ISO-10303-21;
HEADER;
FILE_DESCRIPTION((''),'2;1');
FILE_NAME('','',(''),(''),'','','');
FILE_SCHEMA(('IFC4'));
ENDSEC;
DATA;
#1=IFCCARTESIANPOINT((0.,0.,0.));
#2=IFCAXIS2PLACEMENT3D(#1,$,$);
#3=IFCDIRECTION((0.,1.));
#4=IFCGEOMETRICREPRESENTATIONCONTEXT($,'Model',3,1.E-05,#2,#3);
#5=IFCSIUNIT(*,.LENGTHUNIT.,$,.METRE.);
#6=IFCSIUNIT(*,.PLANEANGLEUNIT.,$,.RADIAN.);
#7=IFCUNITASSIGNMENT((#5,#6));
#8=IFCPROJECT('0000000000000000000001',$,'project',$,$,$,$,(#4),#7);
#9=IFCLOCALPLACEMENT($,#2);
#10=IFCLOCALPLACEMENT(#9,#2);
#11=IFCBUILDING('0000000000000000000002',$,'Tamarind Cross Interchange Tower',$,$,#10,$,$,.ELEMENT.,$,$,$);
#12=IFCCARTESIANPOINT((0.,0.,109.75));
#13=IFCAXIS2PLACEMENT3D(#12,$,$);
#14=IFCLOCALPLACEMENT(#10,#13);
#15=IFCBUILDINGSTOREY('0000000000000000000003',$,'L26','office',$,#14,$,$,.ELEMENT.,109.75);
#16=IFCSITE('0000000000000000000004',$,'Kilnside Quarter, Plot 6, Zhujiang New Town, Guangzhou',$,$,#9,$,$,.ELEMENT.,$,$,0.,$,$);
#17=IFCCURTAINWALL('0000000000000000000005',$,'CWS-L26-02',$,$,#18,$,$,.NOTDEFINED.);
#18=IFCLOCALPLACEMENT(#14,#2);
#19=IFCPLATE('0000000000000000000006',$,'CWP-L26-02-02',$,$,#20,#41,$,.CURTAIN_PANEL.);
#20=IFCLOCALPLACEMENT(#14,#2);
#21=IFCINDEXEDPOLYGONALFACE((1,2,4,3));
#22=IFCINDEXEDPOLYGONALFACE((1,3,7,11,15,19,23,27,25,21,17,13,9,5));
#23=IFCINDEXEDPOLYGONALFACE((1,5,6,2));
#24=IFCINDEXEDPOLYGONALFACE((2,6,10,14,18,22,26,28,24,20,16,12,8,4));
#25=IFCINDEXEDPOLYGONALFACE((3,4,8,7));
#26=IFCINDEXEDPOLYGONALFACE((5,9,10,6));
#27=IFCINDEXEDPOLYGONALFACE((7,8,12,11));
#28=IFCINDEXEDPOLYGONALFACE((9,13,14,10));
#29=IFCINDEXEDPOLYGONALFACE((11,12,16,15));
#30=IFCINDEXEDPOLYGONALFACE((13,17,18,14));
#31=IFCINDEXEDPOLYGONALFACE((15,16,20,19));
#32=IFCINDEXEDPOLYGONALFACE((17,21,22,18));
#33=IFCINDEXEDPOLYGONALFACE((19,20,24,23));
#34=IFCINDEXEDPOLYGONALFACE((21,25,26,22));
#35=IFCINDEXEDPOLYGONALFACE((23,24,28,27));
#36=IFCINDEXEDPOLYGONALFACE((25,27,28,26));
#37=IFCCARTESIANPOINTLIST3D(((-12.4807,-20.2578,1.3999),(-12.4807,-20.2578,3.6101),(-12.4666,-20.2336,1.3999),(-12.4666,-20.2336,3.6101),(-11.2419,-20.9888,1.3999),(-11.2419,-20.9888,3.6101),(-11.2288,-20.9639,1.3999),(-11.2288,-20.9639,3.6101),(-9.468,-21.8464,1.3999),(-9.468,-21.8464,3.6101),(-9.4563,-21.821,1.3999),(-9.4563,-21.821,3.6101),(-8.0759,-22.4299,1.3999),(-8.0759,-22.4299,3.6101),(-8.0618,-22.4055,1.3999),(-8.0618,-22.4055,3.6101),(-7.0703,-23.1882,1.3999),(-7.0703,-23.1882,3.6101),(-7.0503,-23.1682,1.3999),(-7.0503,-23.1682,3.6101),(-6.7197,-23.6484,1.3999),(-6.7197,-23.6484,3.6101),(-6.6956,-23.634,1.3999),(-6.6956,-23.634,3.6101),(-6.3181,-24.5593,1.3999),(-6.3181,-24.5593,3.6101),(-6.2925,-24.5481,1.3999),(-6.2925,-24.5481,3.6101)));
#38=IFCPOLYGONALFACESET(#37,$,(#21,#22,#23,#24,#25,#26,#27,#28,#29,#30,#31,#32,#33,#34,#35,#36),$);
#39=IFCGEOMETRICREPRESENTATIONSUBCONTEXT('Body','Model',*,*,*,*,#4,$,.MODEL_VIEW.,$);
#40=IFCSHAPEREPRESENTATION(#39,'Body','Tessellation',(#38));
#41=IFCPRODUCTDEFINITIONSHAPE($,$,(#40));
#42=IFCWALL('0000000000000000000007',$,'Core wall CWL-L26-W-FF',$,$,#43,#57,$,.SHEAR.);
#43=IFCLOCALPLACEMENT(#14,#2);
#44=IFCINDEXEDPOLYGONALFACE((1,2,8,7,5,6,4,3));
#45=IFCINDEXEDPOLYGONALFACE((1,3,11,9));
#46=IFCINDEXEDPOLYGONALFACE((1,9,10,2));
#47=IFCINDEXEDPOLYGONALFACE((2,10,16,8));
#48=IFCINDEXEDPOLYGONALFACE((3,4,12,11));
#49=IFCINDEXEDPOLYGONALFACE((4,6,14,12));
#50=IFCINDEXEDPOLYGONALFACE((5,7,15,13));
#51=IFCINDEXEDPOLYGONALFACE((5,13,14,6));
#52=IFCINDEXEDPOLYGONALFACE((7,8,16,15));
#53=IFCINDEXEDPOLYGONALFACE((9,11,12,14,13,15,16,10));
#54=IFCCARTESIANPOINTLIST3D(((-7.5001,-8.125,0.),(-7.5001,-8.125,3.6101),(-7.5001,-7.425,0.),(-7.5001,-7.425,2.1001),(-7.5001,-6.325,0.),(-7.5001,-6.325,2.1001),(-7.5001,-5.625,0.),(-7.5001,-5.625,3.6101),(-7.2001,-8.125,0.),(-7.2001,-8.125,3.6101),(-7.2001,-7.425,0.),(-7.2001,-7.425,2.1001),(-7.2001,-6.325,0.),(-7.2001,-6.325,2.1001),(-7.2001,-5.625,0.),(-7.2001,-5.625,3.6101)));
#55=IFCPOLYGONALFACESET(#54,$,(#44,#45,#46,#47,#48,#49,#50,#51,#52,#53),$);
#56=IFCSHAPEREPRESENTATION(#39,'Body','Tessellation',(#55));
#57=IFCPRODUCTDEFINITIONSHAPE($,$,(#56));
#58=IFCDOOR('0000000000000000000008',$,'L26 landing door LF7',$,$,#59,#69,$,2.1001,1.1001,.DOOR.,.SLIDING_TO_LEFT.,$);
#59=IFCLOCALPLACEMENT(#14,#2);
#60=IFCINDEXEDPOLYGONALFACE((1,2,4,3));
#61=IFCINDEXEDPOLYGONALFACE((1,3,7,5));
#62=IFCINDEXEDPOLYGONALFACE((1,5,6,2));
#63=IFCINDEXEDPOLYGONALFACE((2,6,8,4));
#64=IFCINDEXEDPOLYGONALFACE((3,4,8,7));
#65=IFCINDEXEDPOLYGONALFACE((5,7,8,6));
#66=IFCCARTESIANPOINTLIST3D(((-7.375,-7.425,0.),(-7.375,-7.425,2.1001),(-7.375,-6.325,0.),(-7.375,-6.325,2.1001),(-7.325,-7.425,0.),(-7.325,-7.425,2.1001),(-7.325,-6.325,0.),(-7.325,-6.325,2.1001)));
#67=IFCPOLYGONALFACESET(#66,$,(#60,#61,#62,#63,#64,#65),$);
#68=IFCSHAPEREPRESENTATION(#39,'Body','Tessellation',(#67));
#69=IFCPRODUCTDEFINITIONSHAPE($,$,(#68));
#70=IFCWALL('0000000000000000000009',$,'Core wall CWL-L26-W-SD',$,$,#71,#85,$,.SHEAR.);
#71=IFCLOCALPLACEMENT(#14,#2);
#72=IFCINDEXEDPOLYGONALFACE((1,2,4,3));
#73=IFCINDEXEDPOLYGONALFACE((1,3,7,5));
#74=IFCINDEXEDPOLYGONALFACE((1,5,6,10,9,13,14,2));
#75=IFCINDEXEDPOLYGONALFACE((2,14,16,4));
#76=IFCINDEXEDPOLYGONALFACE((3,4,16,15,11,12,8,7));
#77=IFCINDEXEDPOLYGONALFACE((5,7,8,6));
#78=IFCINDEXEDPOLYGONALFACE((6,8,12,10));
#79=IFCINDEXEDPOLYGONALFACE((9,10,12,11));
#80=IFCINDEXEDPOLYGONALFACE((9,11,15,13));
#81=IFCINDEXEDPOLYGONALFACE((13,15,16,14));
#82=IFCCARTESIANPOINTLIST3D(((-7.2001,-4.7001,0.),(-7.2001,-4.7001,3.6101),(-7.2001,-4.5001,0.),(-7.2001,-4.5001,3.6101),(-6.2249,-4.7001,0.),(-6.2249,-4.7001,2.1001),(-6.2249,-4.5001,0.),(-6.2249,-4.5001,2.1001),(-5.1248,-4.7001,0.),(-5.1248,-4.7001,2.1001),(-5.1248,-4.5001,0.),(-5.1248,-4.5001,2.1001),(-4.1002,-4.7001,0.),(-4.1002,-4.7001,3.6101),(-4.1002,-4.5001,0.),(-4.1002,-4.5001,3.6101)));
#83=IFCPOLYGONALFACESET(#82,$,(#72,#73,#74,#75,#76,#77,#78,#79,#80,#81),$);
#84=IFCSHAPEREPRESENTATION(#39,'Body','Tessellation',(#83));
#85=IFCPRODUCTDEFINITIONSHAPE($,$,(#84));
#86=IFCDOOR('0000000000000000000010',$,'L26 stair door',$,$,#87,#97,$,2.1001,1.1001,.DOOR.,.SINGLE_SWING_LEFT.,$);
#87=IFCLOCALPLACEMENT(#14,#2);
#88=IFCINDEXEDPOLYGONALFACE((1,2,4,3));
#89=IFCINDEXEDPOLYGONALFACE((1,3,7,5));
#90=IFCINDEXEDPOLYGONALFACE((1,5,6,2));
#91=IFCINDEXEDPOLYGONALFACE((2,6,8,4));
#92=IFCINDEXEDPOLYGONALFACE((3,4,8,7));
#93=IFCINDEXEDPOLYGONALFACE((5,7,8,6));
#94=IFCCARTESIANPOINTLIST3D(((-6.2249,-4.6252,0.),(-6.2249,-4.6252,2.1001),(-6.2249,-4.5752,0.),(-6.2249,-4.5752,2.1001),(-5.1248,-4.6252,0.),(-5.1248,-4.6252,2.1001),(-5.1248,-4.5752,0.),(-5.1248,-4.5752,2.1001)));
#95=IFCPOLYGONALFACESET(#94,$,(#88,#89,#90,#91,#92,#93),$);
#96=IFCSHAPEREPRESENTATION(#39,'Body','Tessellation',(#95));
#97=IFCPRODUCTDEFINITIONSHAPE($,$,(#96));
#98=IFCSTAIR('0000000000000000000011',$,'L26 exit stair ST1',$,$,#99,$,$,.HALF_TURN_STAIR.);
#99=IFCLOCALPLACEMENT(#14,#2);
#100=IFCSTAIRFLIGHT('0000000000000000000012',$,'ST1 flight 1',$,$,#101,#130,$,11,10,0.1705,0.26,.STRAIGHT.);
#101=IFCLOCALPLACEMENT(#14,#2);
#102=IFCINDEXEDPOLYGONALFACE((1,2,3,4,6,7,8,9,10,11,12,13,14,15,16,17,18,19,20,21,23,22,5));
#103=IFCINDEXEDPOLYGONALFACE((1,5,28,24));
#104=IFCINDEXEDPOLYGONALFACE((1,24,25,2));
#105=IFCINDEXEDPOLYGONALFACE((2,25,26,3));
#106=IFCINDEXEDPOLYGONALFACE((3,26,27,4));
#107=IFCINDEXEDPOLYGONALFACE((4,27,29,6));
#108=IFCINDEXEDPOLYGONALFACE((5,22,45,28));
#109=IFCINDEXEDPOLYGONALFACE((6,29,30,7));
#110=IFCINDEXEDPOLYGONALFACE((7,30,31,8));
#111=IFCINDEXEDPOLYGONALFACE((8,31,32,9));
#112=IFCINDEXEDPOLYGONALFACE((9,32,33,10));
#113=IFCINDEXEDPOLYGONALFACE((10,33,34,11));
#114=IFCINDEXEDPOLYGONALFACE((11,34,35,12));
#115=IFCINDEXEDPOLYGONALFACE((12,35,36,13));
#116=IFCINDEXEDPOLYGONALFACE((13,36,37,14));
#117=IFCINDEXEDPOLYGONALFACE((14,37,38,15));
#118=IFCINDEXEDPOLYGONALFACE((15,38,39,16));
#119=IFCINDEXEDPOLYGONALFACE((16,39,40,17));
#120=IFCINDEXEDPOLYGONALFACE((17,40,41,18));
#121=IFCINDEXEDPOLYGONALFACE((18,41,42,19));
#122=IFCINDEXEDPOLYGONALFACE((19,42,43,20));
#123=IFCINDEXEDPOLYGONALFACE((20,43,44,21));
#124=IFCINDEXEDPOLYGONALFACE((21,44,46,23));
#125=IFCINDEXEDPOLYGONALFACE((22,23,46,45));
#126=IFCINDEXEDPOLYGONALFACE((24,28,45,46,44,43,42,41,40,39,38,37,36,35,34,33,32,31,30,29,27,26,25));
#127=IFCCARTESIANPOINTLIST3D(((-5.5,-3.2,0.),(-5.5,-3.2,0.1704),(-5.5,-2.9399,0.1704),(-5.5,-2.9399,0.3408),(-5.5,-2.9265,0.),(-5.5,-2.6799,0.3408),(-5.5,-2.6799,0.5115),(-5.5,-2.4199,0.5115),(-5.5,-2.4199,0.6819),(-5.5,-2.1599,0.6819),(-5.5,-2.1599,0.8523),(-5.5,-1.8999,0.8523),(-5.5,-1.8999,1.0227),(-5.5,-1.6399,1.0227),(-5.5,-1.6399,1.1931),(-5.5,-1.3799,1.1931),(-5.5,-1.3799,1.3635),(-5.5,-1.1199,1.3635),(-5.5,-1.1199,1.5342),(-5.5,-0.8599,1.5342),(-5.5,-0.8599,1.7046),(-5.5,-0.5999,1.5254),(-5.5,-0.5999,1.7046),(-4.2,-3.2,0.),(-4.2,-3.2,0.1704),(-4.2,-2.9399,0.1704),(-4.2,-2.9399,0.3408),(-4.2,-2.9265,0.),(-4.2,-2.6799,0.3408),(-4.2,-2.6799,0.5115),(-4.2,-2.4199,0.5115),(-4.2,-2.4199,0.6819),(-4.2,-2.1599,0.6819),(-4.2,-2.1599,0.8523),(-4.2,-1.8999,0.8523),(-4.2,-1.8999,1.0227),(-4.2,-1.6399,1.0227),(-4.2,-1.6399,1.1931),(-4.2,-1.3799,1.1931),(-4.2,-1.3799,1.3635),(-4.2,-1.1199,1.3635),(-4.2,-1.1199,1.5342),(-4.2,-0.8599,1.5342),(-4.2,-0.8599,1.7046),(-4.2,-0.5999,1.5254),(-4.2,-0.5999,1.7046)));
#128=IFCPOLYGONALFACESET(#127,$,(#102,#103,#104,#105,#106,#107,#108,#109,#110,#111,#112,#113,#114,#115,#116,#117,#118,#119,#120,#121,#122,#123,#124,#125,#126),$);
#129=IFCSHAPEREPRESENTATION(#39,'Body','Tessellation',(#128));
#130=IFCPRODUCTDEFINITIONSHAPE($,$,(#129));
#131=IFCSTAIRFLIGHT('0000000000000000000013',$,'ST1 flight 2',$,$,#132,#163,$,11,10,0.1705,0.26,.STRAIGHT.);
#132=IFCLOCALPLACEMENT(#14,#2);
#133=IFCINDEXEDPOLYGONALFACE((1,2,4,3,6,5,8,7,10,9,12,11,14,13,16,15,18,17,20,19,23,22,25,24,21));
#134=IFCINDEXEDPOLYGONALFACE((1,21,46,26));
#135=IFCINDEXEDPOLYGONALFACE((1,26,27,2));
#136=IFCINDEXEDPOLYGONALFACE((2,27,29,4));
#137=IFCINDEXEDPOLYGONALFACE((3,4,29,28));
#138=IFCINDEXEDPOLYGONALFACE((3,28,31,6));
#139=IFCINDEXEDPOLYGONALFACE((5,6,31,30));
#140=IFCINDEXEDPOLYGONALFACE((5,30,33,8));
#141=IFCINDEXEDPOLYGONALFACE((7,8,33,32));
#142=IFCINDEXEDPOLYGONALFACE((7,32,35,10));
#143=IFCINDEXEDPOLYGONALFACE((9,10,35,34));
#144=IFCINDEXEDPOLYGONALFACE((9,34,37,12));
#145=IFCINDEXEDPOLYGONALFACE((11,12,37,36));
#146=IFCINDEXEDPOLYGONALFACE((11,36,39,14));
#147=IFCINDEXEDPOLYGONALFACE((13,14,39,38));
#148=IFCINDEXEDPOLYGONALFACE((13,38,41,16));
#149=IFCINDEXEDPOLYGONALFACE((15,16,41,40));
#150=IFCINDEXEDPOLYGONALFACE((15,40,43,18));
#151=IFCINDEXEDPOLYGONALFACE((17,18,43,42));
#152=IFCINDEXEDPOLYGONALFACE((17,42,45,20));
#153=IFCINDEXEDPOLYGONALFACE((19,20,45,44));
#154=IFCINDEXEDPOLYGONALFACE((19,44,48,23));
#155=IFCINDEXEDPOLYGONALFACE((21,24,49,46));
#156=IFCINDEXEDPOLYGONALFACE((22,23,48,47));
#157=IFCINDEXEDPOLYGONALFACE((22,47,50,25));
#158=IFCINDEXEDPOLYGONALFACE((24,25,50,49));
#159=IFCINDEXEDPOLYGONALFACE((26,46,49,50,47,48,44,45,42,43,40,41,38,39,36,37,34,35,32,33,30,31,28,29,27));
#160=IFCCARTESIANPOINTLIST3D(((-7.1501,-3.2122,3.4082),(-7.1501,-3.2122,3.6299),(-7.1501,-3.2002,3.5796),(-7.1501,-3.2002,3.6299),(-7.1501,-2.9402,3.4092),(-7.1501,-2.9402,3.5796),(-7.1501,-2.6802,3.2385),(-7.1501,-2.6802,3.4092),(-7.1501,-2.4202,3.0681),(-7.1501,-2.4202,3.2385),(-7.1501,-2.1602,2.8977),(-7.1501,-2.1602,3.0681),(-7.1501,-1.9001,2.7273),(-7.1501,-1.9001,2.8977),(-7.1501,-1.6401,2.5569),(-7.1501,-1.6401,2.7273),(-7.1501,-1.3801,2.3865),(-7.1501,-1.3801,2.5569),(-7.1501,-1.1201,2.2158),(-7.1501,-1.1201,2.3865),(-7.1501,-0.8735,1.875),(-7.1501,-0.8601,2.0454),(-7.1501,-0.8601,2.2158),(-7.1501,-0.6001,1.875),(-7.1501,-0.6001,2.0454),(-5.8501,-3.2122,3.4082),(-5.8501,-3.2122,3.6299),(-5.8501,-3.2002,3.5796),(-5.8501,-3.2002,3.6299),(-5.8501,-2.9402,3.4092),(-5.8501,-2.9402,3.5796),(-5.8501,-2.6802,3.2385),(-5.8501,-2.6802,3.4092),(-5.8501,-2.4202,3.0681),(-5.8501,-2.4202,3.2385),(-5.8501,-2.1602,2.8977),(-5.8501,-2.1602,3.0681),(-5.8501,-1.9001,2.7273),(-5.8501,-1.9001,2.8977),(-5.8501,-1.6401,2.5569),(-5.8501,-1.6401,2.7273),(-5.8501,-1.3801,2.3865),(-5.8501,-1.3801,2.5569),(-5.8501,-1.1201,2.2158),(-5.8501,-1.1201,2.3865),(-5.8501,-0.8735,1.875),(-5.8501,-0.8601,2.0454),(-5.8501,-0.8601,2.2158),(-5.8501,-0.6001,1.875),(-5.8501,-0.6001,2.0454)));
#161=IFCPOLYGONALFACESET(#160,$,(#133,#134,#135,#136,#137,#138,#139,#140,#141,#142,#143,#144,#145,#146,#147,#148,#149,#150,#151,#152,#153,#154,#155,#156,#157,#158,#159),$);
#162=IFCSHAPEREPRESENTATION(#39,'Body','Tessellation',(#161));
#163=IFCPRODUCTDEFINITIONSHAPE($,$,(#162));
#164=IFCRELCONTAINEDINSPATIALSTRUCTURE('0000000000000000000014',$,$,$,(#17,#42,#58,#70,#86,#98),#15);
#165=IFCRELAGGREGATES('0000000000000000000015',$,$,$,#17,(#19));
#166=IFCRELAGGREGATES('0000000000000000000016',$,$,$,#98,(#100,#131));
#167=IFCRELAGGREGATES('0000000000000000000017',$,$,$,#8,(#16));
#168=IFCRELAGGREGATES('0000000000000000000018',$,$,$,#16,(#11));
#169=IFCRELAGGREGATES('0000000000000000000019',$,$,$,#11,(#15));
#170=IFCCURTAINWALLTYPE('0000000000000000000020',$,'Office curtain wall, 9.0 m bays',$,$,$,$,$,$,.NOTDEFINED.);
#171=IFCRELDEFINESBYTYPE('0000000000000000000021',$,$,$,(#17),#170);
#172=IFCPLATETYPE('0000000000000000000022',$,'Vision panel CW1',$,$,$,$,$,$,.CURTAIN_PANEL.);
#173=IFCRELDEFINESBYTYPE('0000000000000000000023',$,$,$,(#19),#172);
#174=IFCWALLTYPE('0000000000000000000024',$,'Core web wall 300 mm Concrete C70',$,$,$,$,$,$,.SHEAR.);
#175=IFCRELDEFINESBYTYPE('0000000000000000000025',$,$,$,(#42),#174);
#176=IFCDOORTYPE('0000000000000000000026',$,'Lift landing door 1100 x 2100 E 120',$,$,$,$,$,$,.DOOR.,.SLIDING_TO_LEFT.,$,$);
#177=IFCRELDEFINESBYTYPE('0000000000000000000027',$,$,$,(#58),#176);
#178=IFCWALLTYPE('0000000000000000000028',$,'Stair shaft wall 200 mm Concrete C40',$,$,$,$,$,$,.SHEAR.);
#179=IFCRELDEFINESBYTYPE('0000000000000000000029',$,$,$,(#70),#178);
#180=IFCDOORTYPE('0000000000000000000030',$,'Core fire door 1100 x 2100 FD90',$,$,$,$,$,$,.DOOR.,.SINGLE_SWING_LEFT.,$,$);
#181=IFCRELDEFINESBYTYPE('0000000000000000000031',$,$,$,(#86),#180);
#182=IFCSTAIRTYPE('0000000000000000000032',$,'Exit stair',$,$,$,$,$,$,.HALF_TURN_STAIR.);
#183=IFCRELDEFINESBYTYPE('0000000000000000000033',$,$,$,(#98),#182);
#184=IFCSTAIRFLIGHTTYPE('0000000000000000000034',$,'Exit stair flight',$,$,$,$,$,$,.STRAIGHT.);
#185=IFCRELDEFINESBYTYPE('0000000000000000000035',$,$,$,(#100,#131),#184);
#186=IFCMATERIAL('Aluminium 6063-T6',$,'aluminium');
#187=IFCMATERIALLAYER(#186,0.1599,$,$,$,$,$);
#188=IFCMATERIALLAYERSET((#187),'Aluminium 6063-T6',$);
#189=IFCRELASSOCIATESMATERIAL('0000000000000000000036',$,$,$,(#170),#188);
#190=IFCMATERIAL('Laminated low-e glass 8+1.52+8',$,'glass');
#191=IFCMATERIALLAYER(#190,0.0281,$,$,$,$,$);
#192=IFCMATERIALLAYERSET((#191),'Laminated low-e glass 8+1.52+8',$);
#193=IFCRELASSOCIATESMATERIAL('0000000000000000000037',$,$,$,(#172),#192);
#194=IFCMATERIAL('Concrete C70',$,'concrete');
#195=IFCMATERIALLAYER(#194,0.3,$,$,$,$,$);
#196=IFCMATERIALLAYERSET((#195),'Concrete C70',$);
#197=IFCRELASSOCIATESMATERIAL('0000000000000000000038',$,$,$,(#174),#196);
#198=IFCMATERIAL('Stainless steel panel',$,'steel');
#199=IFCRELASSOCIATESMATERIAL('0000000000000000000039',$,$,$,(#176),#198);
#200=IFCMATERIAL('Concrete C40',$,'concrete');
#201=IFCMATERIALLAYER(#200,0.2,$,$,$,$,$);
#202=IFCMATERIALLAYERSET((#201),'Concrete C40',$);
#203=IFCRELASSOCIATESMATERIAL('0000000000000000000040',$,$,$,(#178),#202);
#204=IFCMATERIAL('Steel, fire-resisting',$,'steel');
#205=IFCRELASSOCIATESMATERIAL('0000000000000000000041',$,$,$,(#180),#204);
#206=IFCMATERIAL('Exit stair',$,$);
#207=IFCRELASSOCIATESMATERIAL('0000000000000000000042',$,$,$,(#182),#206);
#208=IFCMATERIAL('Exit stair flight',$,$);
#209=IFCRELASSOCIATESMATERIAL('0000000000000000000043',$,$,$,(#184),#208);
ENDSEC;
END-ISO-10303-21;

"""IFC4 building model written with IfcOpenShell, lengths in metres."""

from ifc_helpers import new_model, si_unit, direction, frame, frame_2d, origin, place, context, subcontext, project, spatial, polyline, rectangle, outline, extrude, material, layer, layer_set, type_object, element, fill, aggregate, save


model = new_model("IFC4")

# Units and contexts
model_context = context("Model", 3, precision=1e-05, world=origin(), true_north=direction((0.0, 1.0)))
body_context = subcontext(model_context, "Body", "Model", "MODEL_VIEW")
ifc_project = project(units=[si_unit("LENGTHUNIT", "METRE"), si_unit("PLANEANGLEUNIT", "RADIAN")], contexts=[model_context])

# Site, building, storey
site_placement = place(None, origin())
site = spatial("IfcSite", under=ifc_project, at=site_placement, Name="Kilnside Quarter, Plot 6, Zhujiang New Town, Guangzhou", CompositionType="ELEMENT", RefElevation=0.0)
building_placement = place(site_placement, origin())
building = spatial("IfcBuilding", under=site, at=building_placement, Name="Tamarind Cross Interchange Tower", CompositionType="ELEMENT")
storey_placement = place(building_placement, frame((0.0, 0.0, 109.75)))
storey = spatial("IfcBuildingStorey", under=building, at=storey_placement, Name="L26", Description="office", CompositionType="ELEMENT", Elevation=109.75)

# Curtain wall
ifc_material_1 = material(Name="Aluminium 6063-T6", Category="aluminium")
ifc_layer_1 = layer(ifc_material_1, 0.1599)
ifc_layer_set_1 = layer_set([ifc_layer_1], Name="Aluminium 6063-T6")
curtain_wall_type = type_object("IfcCurtainWallType", Name="Office curtain wall, 9.0 m bays", PredefinedType="NOTDEFINED", material=ifc_layer_set_1)
curtain_wall_1_placement = place(storey_placement, origin())
curtain_wall_1 = element("IfcCurtainWall", 1, at=curtain_wall_1_placement, inside=storey, type_object=curtain_wall_type, Name="CWS-L26-02", PredefinedType="NOTDEFINED")

# Plate
ifc_material_2 = material(Name="Laminated low-e glass 8+1.52+8", Category="glass")
ifc_layer_2 = layer(ifc_material_2, 0.0281)
ifc_layer_set_2 = layer_set([ifc_layer_2], Name="Laminated low-e glass 8+1.52+8")
plate_type = type_object("IfcPlateType", Name="Vision panel CW1", PredefinedType="CURTAIN_PANEL", material=ifc_layer_set_2)
plate_1_placement = place(storey_placement, frame((0.0, 0.0, 1.3999)))
plate_1 = element("IfcPlate", 2, at=plate_1_placement, type_object=plate_type, Name="CWP-L26-02-02", PredefinedType="CURTAIN_PANEL", context=body_context, shape_type="SweptSolid", body=[
    extrude(outline(polyline([(-12.4666, -20.2336), (-11.2288, -20.9639), (-9.4563, -21.821), (-8.0618, -22.4055), (-7.0503, -23.1682), (-6.6956, -23.634), (-6.2925, -24.5481), (-6.3181, -24.5593), (-6.7197, -23.6484), (-7.0703, -23.1882), (-8.0759, -22.4299), (-9.468, -21.8464), (-11.2419, -20.9888), (-12.4807, -20.2578), (-12.4666, -20.2336)])), origin(), (0.0, 0.0, 1.0), 2.2102),
])
aggregate(curtain_wall_1, [plate_1])

# Walls, openings, doors
ifc_material_3 = material(Name="Concrete C70", Category="concrete")
ifc_layer_3 = layer(ifc_material_3, 0.3)
ifc_layer_set_3 = layer_set([ifc_layer_3], Name="Concrete C70")
wall_type_1 = type_object("IfcWallType", Name="Core web wall 300 mm Concrete C70", PredefinedType="SHEAR", material=ifc_layer_set_3)
wall_1_placement = place(storey_placement, frame((-7.3501, -8.125, 0.0), z_axis=(0.0, 0.0, 1.0), x_axis=(0.0, 1.0, 0.0)))
wall_1 = element("IfcWall", 3, at=wall_1_placement, inside=storey, type_object=wall_type_1, Name="Core wall CWL-L26-W-FF", PredefinedType="SHEAR", context=body_context, shape_type="SweptSolid", body=[
    extrude(rectangle(XDim=2.5, YDim=0.3, at=frame_2d((1.25, 0.0))), origin(), (0.0, 0.0, 1.0), 3.6101),
])
opening_1_placement = place(wall_1_placement, frame((0.7, 0.0, 0.0)))
opening_1 = element("IfcOpeningElement", 4, at=opening_1_placement, cuts=wall_1, PredefinedType="OPENING", context=body_context, shape_type="SweptSolid", body=[
    extrude(rectangle(XDim=1.1001, YDim=2.1001, at=frame_2d((0.55, 1.05))), frame((0.0, 0.1599, 0.0), z_axis=(0.0, -1.0, 0.0), x_axis=(1.0, 0.0, 0.0)), (0.0, 0.0, 1.0), 0.3201),
])
ifc_material_4 = material(Name="Stainless steel panel", Category="steel")
door_type_1 = type_object("IfcDoorType", Name="Lift landing door 1100 x 2100 E 120", OperationType="SLIDING_TO_LEFT", PredefinedType="DOOR", material=ifc_material_4)
door_1_placement = place(opening_1_placement, origin())
door_1 = element("IfcDoor", 5, at=door_1_placement, inside=storey, type_object=door_type_1, Name="L26 landing door LF7", OperationType="SLIDING_TO_LEFT", OverallHeight=2.1001, OverallWidth=1.1001, PredefinedType="DOOR", context=body_context, shape_type="SweptSolid", body=[
    extrude(rectangle(XDim=1.1001, YDim=2.1001, at=frame_2d((0.55, 1.05))), frame((0.0, 0.0249, 0.0), z_axis=(0.0, -1.0, 0.0), x_axis=(1.0, 0.0, 0.0)), (0.0, 0.0, 1.0), 0.05),
])
fill(opening_1, door_1)
ifc_material_5 = material(Name="Concrete C40", Category="concrete")
ifc_layer_4 = layer(ifc_material_5, 0.2)
ifc_layer_set_4 = layer_set([ifc_layer_4], Name="Concrete C40")
wall_type_2 = type_object("IfcWallType", Name="Stair shaft wall 200 mm Concrete C40", PredefinedType="SHEAR", material=ifc_layer_set_4)
wall_2_placement = place(storey_placement, frame((-7.2, -4.6001, 0.0), z_axis=(0.0, 0.0, 1.0), x_axis=(1.0, 0.0, 0.0)))
wall_2 = element("IfcWall", 6, at=wall_2_placement, inside=storey, type_object=wall_type_2, Name="Core wall CWL-L26-W-SD", PredefinedType="SHEAR", context=body_context, shape_type="SweptSolid", body=[
    extrude(rectangle(XDim=3.0999, YDim=0.2, at=frame_2d((1.5498, 0.0))), origin(), (0.0, 0.0, 1.0), 3.6101),
])
opening_2_placement = place(wall_2_placement, frame((0.9751, 0.0, 0.0)))
opening_2 = element("IfcOpeningElement", 7, at=opening_2_placement, cuts=wall_2, PredefinedType="OPENING", context=body_context, shape_type="SweptSolid", body=[
    extrude(rectangle(XDim=1.1001, YDim=2.1001, at=frame_2d((0.55, 1.05))), frame((0.0, 0.1099, 0.0), z_axis=(0.0, -1.0, 0.0), x_axis=(1.0, 0.0, 0.0)), (0.0, 0.0, 1.0), 0.22),
])
ifc_material_6 = material(Name="Steel, fire-resisting", Category="steel")
door_type_2 = type_object("IfcDoorType", Name="Core fire door 1100 x 2100 FD90", OperationType="SINGLE_SWING_LEFT", PredefinedType="DOOR", material=ifc_material_6)
door_2_placement = place(opening_2_placement, origin())
door_2 = element("IfcDoor", 8, at=door_2_placement, inside=storey, type_object=door_type_2, Name="L26 stair door", OperationType="SINGLE_SWING_LEFT", OverallHeight=2.1001, OverallWidth=1.1001, PredefinedType="DOOR", context=body_context, shape_type="SweptSolid", body=[
    extrude(rectangle(XDim=1.1001, YDim=2.1001, at=frame_2d((0.55, 1.05))), frame((0.0, 0.0249, 0.0), z_axis=(0.0, -1.0, 0.0), x_axis=(1.0, 0.0, 0.0)), (0.0, 0.0, 1.0), 0.05),
])
fill(opening_2, door_2)

# Stair, stair flights
ifc_material_7 = material(Name="Exit stair")
stair_type = type_object("IfcStairType", Name="Exit stair", PredefinedType="HALF_TURN_STAIR", material=ifc_material_7)
stair_placement = place(storey_placement, origin())
stair = element("IfcStair", 9, at=stair_placement, inside=storey, type_object=stair_type, Name="L26 exit stair ST1", PredefinedType="HALF_TURN_STAIR")
ifc_material_8 = material(Name="Exit stair flight")
stair_flight_type = type_object("IfcStairFlightType", Name="Exit stair flight", PredefinedType="STRAIGHT", material=ifc_material_8)
stair_flight_1_placement = place(storey_placement, frame((-4.8501, -3.2, 0.0), z_axis=(0.0, 0.0, 1.0), x_axis=(0.0, 1.0, 0.0)))
stair_flight_1 = element("IfcStairFlight", 10, at=stair_flight_1_placement, type_object=stair_flight_type, Name="ST1 flight 1", NumberOfRisers=11, NumberOfTreads=10, PredefinedType="STRAIGHT", RiserHeight=0.1705, TreadLength=0.26, context=body_context, shape_type="SweptSolid", body=[
    extrude(outline(polyline([(0.0, 0.0), (0.0, 0.1704), (0.26, 0.1704), (0.26, 0.3408), (0.52, 0.3408), (0.52, 0.5115), (0.78, 0.5115), (0.78, 0.6819), (1.04, 0.6819), (1.04, 0.8523), (1.3, 0.8523), (1.3, 1.0227), (1.5601, 1.0227), (1.5601, 1.1931), (1.8201, 1.1931), (1.8201, 1.3635), (2.0801, 1.3635), (2.0801, 1.5342), (2.3401, 1.5342), (2.3401, 1.7046), (2.6001, 1.7046), (2.6001, 1.875), (2.6001, 1.5254), (0.2734, 0.0), (0.0, 0.0)])), frame((0.0, 0.6499, 0.0), z_axis=(0.0, -1.0, 0.0), x_axis=(1.0, 0.0, 0.0)), (0.0, 0.0, 1.0), 1.3),
])
stair_flight_2_placement = place(storey_placement, frame((-6.5, -0.6001, 1.875), z_axis=(0.0, 0.0, 1.0), x_axis=(0.0, -1.0, 0.0)))
stair_flight_2 = element("IfcStairFlight", 11, at=stair_flight_2_placement, type_object=stair_flight_type, Name="ST1 flight 2", NumberOfRisers=11, NumberOfTreads=10, PredefinedType="STRAIGHT", RiserHeight=0.1705, TreadLength=0.26, context=body_context, shape_type="SweptSolid", body=[
    extrude(outline(polyline([(0.0, 0.0), (0.0, 0.1704), (0.26, 0.1704), (0.26, 0.3408), (0.52, 0.3408), (0.52, 0.5115), (0.78, 0.5115), (0.78, 0.6819), (1.04, 0.6819), (1.04, 0.8523), (1.3, 0.8523), (1.3, 1.0227), (1.5601, 1.0227), (1.5601, 1.1931), (1.8201, 1.1931), (1.8201, 1.3635), (2.0801, 1.3635), (2.0801, 1.5342), (2.3401, 1.5342), (2.3401, 1.7046), (2.6001, 1.7046), (2.6001, 1.7549), (2.6121, 1.7549), (2.6121, 1.5332), (0.2734, 0.0), (0.0, 0.0)])), frame((0.0, 0.6499, 0.0), z_axis=(0.0, -1.0, 0.0), x_axis=(1.0, 0.0, 0.0)), (0.0, 0.0, 1.0), 1.3),
])
aggregate(stair, [stair_flight_1, stair_flight_2])

save(model, "model.ifc")
